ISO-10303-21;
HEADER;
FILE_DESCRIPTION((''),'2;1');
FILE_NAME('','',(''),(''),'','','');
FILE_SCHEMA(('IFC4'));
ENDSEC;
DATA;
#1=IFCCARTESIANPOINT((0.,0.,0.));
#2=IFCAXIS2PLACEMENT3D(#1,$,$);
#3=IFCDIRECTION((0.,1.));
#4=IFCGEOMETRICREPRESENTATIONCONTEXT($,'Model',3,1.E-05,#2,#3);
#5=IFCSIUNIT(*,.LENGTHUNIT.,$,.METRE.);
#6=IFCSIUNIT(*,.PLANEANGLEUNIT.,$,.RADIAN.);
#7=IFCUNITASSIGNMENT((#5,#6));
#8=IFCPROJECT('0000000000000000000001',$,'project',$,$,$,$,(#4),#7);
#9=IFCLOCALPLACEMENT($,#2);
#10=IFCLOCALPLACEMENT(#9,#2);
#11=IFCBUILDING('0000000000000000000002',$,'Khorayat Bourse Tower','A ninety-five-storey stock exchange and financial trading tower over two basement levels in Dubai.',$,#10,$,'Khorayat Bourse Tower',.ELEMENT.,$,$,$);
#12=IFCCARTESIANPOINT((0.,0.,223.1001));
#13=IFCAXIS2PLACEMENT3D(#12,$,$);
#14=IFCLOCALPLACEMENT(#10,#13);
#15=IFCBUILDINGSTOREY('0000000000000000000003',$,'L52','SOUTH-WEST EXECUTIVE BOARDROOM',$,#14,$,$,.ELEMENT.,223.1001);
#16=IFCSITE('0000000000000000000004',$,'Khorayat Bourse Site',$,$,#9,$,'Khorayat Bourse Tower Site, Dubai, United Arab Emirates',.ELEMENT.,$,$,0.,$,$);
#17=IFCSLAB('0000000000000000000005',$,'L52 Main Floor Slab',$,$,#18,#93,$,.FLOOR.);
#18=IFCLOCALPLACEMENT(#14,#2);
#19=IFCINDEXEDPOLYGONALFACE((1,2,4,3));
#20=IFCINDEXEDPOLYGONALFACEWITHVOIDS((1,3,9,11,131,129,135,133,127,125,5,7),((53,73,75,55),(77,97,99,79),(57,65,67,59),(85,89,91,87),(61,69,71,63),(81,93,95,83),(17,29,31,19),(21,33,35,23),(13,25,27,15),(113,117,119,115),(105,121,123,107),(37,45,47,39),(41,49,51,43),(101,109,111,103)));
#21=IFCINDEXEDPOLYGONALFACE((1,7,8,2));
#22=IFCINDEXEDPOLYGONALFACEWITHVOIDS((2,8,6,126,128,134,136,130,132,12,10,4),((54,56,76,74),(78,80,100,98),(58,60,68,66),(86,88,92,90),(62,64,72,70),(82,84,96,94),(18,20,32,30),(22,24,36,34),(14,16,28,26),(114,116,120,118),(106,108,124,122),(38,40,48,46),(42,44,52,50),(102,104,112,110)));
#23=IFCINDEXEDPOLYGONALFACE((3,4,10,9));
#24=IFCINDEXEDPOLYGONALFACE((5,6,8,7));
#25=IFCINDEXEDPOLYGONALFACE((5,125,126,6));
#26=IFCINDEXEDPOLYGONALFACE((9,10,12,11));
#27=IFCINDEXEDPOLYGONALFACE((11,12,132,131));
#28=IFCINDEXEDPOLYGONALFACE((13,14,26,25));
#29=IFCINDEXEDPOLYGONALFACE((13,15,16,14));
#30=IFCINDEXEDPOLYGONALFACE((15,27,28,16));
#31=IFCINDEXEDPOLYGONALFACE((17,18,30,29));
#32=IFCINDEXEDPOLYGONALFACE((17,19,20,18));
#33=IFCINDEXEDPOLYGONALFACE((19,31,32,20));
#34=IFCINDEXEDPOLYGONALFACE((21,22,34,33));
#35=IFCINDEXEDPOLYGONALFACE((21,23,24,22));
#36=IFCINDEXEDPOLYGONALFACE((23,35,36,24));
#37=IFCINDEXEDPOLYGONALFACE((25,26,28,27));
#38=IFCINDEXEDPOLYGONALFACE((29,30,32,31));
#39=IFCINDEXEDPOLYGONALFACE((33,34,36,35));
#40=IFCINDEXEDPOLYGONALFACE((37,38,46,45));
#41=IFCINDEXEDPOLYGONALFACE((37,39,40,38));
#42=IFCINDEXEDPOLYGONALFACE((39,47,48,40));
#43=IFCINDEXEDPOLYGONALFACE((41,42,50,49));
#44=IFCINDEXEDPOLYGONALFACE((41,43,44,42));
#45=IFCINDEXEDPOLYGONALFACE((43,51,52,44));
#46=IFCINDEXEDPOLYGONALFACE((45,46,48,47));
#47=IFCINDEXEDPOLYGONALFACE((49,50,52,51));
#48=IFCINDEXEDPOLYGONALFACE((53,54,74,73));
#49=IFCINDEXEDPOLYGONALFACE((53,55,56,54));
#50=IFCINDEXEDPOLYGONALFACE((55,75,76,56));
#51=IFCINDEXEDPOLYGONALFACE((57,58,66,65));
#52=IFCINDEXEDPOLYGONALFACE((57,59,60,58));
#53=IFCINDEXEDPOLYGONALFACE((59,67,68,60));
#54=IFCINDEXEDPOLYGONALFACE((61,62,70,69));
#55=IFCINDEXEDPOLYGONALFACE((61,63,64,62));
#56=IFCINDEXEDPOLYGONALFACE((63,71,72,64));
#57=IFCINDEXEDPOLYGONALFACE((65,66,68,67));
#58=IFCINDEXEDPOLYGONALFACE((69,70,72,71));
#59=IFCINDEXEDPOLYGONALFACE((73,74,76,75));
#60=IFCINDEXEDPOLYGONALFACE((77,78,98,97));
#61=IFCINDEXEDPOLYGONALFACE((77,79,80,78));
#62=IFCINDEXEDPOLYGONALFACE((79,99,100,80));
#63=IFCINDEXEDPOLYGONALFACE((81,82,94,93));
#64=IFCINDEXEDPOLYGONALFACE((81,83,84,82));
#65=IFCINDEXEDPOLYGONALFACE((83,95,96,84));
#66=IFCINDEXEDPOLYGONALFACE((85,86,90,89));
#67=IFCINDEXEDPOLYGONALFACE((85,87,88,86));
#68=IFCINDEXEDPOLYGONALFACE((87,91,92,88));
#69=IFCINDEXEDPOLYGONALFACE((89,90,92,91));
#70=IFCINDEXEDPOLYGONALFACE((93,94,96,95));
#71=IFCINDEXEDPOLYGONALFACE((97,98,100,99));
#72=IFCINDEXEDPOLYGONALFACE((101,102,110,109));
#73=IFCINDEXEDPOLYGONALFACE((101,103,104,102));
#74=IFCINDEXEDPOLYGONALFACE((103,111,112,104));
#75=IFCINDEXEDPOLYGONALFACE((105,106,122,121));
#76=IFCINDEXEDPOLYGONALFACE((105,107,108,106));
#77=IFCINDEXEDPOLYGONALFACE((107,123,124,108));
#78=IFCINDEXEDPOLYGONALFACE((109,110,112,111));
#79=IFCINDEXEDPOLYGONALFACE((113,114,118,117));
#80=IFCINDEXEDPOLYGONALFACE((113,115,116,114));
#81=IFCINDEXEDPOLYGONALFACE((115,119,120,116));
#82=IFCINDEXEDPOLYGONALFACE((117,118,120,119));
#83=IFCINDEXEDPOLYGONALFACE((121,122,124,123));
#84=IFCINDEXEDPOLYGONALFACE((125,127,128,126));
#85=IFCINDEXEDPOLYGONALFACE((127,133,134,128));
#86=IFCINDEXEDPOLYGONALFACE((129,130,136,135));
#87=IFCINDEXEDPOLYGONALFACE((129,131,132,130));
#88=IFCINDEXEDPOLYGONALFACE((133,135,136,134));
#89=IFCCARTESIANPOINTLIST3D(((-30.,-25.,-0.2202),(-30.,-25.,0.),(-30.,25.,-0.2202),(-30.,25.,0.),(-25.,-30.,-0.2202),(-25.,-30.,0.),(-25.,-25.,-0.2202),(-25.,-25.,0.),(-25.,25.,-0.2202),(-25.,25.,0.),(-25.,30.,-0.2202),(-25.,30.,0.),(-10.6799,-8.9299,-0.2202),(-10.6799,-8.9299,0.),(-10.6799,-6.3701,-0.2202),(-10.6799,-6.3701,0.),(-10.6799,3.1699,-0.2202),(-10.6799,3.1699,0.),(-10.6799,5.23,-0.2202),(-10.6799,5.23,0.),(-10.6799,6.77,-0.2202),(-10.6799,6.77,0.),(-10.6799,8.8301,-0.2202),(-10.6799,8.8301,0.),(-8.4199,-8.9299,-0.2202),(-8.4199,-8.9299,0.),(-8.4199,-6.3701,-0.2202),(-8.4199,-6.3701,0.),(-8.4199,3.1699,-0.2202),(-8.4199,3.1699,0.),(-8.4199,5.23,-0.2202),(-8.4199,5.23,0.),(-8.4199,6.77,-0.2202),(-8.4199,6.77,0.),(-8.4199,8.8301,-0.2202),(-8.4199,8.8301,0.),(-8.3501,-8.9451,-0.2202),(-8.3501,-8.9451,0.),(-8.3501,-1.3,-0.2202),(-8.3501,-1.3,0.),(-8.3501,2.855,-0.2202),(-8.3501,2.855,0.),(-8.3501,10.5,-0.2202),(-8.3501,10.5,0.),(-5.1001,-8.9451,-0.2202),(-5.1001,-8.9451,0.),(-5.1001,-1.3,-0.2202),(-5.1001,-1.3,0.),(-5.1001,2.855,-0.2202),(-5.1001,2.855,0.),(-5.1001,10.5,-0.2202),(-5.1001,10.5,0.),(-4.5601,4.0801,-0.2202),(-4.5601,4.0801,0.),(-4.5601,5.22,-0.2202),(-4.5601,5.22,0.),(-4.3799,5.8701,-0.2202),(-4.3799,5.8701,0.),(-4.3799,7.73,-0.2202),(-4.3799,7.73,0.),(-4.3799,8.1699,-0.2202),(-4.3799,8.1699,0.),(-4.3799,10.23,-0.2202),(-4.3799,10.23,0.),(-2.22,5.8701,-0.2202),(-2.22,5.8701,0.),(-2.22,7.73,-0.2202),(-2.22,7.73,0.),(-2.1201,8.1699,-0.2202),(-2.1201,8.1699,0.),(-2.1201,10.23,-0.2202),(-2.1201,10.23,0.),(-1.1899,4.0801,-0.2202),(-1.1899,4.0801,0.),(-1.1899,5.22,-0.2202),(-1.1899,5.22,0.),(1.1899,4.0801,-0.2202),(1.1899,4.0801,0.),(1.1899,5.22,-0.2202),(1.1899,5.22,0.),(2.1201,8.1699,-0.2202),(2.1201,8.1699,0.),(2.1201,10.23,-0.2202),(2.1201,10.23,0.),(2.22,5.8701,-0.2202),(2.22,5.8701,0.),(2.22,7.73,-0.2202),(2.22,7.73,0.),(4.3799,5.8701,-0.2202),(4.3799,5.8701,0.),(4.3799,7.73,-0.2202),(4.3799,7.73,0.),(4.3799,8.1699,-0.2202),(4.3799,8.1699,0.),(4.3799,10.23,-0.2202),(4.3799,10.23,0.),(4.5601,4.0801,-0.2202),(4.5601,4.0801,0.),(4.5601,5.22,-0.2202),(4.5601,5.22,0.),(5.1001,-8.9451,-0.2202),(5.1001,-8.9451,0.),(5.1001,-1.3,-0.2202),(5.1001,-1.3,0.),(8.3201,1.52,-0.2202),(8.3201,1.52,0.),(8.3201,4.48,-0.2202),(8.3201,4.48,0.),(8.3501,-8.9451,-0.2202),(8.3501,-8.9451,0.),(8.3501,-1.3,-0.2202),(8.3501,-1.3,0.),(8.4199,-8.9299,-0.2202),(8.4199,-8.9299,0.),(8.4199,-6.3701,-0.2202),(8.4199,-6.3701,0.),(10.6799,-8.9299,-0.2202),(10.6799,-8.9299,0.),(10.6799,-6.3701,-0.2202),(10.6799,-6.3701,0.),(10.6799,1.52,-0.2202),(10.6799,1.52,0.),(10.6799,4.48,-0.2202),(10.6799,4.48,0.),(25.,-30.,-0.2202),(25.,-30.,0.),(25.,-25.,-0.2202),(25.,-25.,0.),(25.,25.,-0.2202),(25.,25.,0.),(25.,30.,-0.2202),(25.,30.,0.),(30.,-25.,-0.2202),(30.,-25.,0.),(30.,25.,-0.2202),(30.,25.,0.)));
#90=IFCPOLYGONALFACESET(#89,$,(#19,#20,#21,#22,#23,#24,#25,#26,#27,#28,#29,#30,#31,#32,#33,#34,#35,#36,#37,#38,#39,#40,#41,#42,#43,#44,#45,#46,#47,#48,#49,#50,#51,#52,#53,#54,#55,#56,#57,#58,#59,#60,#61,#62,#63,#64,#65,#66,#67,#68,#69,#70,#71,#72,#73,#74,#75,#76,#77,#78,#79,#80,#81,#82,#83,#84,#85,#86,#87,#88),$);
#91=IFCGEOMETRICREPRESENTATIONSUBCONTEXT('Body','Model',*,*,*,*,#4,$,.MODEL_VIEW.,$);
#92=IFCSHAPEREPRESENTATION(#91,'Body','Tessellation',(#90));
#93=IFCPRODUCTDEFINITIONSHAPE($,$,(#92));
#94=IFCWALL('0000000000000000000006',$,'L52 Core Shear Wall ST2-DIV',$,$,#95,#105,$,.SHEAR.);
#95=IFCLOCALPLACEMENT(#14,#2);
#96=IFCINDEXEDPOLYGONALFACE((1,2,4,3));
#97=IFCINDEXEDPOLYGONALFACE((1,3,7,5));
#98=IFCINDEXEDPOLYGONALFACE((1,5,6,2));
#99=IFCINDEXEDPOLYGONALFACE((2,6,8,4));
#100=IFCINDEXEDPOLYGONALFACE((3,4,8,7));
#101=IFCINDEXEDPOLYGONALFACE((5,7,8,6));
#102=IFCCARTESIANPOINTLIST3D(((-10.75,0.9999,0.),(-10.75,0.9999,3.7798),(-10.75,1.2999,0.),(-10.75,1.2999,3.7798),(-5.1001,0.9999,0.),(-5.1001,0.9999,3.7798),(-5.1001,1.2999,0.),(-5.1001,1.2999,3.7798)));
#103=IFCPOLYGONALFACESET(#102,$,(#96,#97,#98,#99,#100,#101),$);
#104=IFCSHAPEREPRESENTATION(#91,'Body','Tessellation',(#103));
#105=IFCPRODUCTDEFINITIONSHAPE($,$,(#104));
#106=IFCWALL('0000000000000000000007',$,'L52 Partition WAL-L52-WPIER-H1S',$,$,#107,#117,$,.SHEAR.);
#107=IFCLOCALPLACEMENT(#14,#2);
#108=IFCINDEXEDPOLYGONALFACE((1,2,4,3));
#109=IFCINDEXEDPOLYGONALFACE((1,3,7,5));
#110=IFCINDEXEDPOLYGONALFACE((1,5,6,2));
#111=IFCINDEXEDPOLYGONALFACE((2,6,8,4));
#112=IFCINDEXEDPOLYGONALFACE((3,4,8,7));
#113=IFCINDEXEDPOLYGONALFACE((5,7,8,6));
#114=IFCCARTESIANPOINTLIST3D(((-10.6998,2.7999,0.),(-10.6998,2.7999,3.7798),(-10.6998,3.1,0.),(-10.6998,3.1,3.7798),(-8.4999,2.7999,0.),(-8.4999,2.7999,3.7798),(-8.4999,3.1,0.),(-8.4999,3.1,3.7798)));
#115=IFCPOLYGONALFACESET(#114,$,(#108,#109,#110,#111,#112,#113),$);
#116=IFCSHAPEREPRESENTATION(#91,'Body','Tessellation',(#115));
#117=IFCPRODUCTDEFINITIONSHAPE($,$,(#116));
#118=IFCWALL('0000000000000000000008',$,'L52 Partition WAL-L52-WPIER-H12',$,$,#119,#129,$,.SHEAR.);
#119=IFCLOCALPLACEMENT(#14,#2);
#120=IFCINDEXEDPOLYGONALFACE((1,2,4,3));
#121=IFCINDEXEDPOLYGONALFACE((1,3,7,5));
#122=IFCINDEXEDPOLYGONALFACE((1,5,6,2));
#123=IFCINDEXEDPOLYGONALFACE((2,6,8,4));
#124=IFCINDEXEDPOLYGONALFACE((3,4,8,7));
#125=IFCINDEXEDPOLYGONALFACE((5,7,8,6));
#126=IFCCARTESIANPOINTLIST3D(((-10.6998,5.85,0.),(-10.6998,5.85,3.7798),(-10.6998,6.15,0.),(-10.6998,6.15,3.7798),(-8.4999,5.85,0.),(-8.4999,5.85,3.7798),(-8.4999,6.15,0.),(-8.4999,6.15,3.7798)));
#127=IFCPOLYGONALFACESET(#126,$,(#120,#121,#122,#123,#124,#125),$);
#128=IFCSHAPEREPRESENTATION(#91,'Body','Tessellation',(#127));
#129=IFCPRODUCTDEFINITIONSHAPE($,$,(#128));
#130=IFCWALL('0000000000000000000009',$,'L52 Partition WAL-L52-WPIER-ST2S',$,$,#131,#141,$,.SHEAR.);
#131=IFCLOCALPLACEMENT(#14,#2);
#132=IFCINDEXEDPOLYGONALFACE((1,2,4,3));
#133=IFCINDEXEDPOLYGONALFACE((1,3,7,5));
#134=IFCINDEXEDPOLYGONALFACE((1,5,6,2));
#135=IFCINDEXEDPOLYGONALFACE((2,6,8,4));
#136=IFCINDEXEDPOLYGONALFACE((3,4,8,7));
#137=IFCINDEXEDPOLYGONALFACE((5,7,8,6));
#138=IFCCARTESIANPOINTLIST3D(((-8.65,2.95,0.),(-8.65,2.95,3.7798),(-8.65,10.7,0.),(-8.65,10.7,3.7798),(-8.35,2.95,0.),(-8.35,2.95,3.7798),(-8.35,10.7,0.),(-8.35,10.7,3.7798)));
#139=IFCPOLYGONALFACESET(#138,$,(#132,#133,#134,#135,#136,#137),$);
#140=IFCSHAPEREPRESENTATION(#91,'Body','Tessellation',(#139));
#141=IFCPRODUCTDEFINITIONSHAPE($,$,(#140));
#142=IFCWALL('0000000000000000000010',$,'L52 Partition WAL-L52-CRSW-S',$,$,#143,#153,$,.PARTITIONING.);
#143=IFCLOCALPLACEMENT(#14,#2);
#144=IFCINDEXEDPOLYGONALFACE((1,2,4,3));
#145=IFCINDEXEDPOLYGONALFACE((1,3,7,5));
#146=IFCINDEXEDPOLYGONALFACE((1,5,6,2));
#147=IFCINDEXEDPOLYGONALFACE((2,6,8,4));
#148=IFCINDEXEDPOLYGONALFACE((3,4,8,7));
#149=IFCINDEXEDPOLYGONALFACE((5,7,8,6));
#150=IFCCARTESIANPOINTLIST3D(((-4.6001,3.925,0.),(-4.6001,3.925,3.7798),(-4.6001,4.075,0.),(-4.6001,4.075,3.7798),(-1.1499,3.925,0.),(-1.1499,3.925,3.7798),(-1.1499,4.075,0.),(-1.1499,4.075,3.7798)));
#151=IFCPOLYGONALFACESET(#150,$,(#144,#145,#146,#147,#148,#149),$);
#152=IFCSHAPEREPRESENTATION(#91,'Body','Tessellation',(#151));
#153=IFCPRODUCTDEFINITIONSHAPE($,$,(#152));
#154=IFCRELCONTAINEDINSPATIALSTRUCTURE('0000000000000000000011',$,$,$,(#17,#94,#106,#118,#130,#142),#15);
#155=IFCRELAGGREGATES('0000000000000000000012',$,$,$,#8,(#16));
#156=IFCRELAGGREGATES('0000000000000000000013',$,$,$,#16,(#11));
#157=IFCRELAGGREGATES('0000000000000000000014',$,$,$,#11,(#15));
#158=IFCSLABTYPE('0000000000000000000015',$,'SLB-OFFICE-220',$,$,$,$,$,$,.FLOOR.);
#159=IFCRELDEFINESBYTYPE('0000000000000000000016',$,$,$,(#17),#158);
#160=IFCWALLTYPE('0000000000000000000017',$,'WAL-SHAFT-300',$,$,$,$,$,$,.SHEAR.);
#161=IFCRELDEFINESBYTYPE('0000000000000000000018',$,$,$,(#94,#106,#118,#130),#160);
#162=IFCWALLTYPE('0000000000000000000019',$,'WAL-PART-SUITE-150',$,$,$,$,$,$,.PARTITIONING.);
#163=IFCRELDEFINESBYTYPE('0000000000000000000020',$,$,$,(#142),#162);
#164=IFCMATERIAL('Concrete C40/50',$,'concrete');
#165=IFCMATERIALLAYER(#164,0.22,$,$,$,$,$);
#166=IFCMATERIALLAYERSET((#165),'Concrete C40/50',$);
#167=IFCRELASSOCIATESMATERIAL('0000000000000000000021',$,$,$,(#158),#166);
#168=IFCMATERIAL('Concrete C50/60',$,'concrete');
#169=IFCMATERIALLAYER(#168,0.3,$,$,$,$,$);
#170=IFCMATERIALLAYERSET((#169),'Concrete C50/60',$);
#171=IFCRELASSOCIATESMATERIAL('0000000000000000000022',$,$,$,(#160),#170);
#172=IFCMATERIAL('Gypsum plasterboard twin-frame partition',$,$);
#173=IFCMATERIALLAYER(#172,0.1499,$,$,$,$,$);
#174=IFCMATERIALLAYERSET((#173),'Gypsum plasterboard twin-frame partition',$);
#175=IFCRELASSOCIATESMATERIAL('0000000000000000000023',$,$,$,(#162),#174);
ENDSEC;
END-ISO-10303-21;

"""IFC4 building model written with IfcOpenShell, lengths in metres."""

from ifc_helpers import new_model, si_unit, direction, frame, frame_2d, origin, place, context, subcontext, project, spatial, polyline, rectangle, outline, extrude, source, transform, mapped, material, layer, layer_set, type_object, element, save


model = new_model("IFC4")

# Units and contexts
model_context = context("Model", 3, precision=1e-05, world=origin(), true_north=direction((0.0, 1.0)))
body_context = subcontext(model_context, "Body", "Model", "MODEL_VIEW")
ifc_project = project(units=[si_unit("LENGTHUNIT", "METRE"), si_unit("PLANEANGLEUNIT", "RADIAN")], contexts=[model_context])

# Site, building, storey
site_placement = place(None, origin())
site = spatial("IfcSite", under=ifc_project, at=site_placement, Name="Khorayat Bourse Site", LongName="Khorayat Bourse Tower Site, Dubai, United Arab Emirates", CompositionType="ELEMENT", RefElevation=0.0)
building_placement = place(site_placement, origin())
building = spatial("IfcBuilding", under=site, at=building_placement, Name="Khorayat Bourse Tower", Description="A ninety-five-storey stock exchange and financial trading tower over two basement levels in Dubai.", LongName="Khorayat Bourse Tower", CompositionType="ELEMENT")
storey_placement = place(building_placement, frame((0.0, 0.0, 223.1001)))
storey = spatial("IfcBuildingStorey", under=building, at=storey_placement, Name="L52", Description="SOUTH-WEST EXECUTIVE BOARDROOM", CompositionType="ELEMENT", Elevation=223.1001)

# Slab
ifc_material_1 = material(Name="Concrete C40/50", Category="concrete")
ifc_layer_1 = layer(ifc_material_1, 0.22)
ifc_layer_set_1 = layer_set([ifc_layer_1], Name="Concrete C40/50")
slab_type = type_object("IfcSlabType", Name="SLB-OFFICE-220", PredefinedType="FLOOR", material=ifc_layer_set_1)
slab_placement = place(storey_placement, frame((0.0, 0.0, -0.2202)))
element("IfcSlab", 1, at=slab_placement, inside=storey, type_object=slab_type, Name="L52 Main Floor Slab", PredefinedType="FLOOR", context=body_context, shape_type="SweptSolid", body=[
    extrude(outline(polyline([(-25.0, -30.0), (25.0, -30.0), (25.0, -25.0), (30.0, -25.0), (30.0, 25.0), (25.0, 25.0), (25.0, 30.0), (-25.0, 30.0), (-25.0, 25.0), (-30.0, 25.0), (-30.0, -25.0), (-25.0, -25.0), (-25.0, -30.0)]), holes=[polyline([(-8.3501, -8.9451), (-5.1001, -8.9451), (-5.1001, -1.3), (-8.3501, -1.3), (-8.3501, -8.9451)]), polyline([(-8.3501, 2.855), (-5.1001, 2.855), (-5.1001, 10.5), (-8.3501, 10.5), (-8.3501, 2.855)]), polyline([(5.1001, -8.9451), (8.3501, -8.9451), (8.3501, -1.3), (5.1001, -1.3), (5.1001, -8.9451)]), polyline([(-4.3799, 8.1699), (-2.1201, 8.1699), (-2.1201, 10.23), (-4.3799, 10.23), (-4.3799, 8.1699)]), polyline([(2.1201, 8.1699), (4.3799, 8.1699), (4.3799, 10.23), (2.1201, 10.23), (2.1201, 8.1699)]), polyline([(-4.3799, 5.8701), (-2.22, 5.8701), (-2.22, 7.73), (-4.3799, 7.73), (-4.3799, 5.8701)]), polyline([(2.22, 5.8701), (4.3799, 5.8701), (4.3799, 7.73), (2.22, 7.73), (2.22, 5.8701)]), polyline([(-10.6799, 3.1699), (-8.4199, 3.1699), (-8.4199, 5.23), (-10.6799, 5.23), (-10.6799, 3.1699)]), polyline([(-10.6799, 6.77), (-8.4199, 6.77), (-8.4199, 8.8301), (-10.6799, 8.8301), (-10.6799, 6.77)]), polyline([(-10.6799, -8.9299), (-8.4199, -8.9299), (-8.4199, -6.3701), (-10.6799, -6.3701), (-10.6799, -8.9299)]), polyline([(8.4199, -8.9299), (10.6799, -8.9299), (10.6799, -6.3701), (8.4199, -6.3701), (8.4199, -8.9299)]), polyline([(8.3201, 1.52), (10.6799, 1.52), (10.6799, 4.48), (8.3201, 4.48), (8.3201, 1.52)]), polyline([(-4.5601, 4.0801), (-1.1899, 4.0801), (-1.1899, 5.22), (-4.5601, 5.22), (-4.5601, 4.0801)]), polyline([(1.1899, 4.0801), (4.5601, 4.0801), (4.5601, 5.22), (1.1899, 5.22), (1.1899, 4.0801)])]), origin(), (0.0, 0.0, 1.0), 0.2202),
])

# Walls
ifc_material_2 = material(Name="Concrete C50/60", Category="concrete")
ifc_layer_2 = layer(ifc_material_2, 0.3)
ifc_layer_set_2 = layer_set([ifc_layer_2], Name="Concrete C50/60")
wall_type_1 = type_object("IfcWallType", Name="WAL-SHAFT-300", PredefinedType="SHEAR", material=ifc_layer_set_2)
shared_shape_1 = source(origin(), body_context, "Body", "SweptSolid", [
    extrude(rectangle(XDim=5.6499, YDim=0.3, at=frame_2d((2.825, 0.0))), origin(), (0.0, 0.0, 1.0), 3.7798),
])
wall_1_placement = place(storey_placement, frame((-10.75, 1.1499, 0.0), z_axis=(0.0, 0.0, 1.0), x_axis=(1.0, 0.0, 0.0)))
element("IfcWall", 2, at=wall_1_placement, inside=storey, type_object=wall_type_1, Name="L52 Core Shear Wall ST2-DIV", PredefinedType="SHEAR", context=body_context, shape_type="MappedRepresentation", body=[
    mapped(shared_shape_1, transform((0.0, 0.0, 0.0), scale=1.0)),
])
shared_shape_2 = source(origin(), body_context, "Body", "SweptSolid", [
    extrude(rectangle(XDim=2.2, YDim=0.3, at=frame_2d((1.1001, 0.0))), origin(), (0.0, 0.0, 1.0), 3.7798),
])
for number, where, z_axis, x_axis, name in (
    (3, (-10.7, 2.95, 0.0), (0.0, 0.0, 1.0), (1.0, 0.0, 0.0), "L52 Partition WAL-L52-WPIER-H1S"),
    (4, (-10.7, 6.0, 0.0), (0.0, 0.0, 1.0), (1.0, 0.0, 0.0), "L52 Partition WAL-L52-WPIER-H12"),
):
    element("IfcWall", number, at=place(storey_placement, frame(where, z_axis=z_axis, x_axis=x_axis)), inside=storey, type_object=wall_type_1, Name=name, PredefinedType="SHEAR", context=body_context, shape_type="MappedRepresentation", body=[
        mapped(shared_shape_2, transform((0.0, 0.0, 0.0), scale=1.0)),
    ])
shared_shape_3 = source(origin(), body_context, "Body", "SweptSolid", [
    extrude(rectangle(XDim=7.75, YDim=0.3, at=frame_2d((3.875, 0.0))), origin(), (0.0, 0.0, 1.0), 3.7798),
])
wall_2_placement = place(storey_placement, frame((-8.5, 2.95, 0.0), z_axis=(0.0, 0.0, 1.0), x_axis=(0.0, 1.0, 0.0)))
element("IfcWall", 5, at=wall_2_placement, inside=storey, type_object=wall_type_1, Name="L52 Partition WAL-L52-WPIER-ST2S", PredefinedType="SHEAR", context=body_context, shape_type="MappedRepresentation", body=[
    mapped(shared_shape_3, transform((0.0, 0.0, 0.0), scale=1.0)),
])
ifc_material_3 = material(Name="Gypsum plasterboard twin-frame partition")
ifc_layer_3 = layer(ifc_material_3, 0.1499)
ifc_layer_set_3 = layer_set([ifc_layer_3], Name="Gypsum plasterboard twin-frame partition")
wall_type_2 = type_object("IfcWallType", Name="WAL-PART-SUITE-150", PredefinedType="PARTITIONING", material=ifc_layer_set_3)
shared_shape_4 = source(origin(), body_context, "Body", "SweptSolid", [
    extrude(rectangle(XDim=3.4502, YDim=0.1499, at=frame_2d((1.7251, 0.0))), origin(), (0.0, 0.0, 1.0), 3.7798),
])
wall_3_placement = place(storey_placement, frame((-4.6001, 4.0, 0.0), z_axis=(0.0, 0.0, 1.0), x_axis=(1.0, 0.0, 0.0)))
element("IfcWall", 6, at=wall_3_placement, inside=storey, type_object=wall_type_2, Name="L52 Partition WAL-L52-CRSW-S", PredefinedType="PARTITIONING", context=body_context, shape_type="MappedRepresentation", body=[
    mapped(shared_shape_4, transform((0.0, 0.0, 0.0), scale=1.0)),
])

save(model, "model.ifc")
